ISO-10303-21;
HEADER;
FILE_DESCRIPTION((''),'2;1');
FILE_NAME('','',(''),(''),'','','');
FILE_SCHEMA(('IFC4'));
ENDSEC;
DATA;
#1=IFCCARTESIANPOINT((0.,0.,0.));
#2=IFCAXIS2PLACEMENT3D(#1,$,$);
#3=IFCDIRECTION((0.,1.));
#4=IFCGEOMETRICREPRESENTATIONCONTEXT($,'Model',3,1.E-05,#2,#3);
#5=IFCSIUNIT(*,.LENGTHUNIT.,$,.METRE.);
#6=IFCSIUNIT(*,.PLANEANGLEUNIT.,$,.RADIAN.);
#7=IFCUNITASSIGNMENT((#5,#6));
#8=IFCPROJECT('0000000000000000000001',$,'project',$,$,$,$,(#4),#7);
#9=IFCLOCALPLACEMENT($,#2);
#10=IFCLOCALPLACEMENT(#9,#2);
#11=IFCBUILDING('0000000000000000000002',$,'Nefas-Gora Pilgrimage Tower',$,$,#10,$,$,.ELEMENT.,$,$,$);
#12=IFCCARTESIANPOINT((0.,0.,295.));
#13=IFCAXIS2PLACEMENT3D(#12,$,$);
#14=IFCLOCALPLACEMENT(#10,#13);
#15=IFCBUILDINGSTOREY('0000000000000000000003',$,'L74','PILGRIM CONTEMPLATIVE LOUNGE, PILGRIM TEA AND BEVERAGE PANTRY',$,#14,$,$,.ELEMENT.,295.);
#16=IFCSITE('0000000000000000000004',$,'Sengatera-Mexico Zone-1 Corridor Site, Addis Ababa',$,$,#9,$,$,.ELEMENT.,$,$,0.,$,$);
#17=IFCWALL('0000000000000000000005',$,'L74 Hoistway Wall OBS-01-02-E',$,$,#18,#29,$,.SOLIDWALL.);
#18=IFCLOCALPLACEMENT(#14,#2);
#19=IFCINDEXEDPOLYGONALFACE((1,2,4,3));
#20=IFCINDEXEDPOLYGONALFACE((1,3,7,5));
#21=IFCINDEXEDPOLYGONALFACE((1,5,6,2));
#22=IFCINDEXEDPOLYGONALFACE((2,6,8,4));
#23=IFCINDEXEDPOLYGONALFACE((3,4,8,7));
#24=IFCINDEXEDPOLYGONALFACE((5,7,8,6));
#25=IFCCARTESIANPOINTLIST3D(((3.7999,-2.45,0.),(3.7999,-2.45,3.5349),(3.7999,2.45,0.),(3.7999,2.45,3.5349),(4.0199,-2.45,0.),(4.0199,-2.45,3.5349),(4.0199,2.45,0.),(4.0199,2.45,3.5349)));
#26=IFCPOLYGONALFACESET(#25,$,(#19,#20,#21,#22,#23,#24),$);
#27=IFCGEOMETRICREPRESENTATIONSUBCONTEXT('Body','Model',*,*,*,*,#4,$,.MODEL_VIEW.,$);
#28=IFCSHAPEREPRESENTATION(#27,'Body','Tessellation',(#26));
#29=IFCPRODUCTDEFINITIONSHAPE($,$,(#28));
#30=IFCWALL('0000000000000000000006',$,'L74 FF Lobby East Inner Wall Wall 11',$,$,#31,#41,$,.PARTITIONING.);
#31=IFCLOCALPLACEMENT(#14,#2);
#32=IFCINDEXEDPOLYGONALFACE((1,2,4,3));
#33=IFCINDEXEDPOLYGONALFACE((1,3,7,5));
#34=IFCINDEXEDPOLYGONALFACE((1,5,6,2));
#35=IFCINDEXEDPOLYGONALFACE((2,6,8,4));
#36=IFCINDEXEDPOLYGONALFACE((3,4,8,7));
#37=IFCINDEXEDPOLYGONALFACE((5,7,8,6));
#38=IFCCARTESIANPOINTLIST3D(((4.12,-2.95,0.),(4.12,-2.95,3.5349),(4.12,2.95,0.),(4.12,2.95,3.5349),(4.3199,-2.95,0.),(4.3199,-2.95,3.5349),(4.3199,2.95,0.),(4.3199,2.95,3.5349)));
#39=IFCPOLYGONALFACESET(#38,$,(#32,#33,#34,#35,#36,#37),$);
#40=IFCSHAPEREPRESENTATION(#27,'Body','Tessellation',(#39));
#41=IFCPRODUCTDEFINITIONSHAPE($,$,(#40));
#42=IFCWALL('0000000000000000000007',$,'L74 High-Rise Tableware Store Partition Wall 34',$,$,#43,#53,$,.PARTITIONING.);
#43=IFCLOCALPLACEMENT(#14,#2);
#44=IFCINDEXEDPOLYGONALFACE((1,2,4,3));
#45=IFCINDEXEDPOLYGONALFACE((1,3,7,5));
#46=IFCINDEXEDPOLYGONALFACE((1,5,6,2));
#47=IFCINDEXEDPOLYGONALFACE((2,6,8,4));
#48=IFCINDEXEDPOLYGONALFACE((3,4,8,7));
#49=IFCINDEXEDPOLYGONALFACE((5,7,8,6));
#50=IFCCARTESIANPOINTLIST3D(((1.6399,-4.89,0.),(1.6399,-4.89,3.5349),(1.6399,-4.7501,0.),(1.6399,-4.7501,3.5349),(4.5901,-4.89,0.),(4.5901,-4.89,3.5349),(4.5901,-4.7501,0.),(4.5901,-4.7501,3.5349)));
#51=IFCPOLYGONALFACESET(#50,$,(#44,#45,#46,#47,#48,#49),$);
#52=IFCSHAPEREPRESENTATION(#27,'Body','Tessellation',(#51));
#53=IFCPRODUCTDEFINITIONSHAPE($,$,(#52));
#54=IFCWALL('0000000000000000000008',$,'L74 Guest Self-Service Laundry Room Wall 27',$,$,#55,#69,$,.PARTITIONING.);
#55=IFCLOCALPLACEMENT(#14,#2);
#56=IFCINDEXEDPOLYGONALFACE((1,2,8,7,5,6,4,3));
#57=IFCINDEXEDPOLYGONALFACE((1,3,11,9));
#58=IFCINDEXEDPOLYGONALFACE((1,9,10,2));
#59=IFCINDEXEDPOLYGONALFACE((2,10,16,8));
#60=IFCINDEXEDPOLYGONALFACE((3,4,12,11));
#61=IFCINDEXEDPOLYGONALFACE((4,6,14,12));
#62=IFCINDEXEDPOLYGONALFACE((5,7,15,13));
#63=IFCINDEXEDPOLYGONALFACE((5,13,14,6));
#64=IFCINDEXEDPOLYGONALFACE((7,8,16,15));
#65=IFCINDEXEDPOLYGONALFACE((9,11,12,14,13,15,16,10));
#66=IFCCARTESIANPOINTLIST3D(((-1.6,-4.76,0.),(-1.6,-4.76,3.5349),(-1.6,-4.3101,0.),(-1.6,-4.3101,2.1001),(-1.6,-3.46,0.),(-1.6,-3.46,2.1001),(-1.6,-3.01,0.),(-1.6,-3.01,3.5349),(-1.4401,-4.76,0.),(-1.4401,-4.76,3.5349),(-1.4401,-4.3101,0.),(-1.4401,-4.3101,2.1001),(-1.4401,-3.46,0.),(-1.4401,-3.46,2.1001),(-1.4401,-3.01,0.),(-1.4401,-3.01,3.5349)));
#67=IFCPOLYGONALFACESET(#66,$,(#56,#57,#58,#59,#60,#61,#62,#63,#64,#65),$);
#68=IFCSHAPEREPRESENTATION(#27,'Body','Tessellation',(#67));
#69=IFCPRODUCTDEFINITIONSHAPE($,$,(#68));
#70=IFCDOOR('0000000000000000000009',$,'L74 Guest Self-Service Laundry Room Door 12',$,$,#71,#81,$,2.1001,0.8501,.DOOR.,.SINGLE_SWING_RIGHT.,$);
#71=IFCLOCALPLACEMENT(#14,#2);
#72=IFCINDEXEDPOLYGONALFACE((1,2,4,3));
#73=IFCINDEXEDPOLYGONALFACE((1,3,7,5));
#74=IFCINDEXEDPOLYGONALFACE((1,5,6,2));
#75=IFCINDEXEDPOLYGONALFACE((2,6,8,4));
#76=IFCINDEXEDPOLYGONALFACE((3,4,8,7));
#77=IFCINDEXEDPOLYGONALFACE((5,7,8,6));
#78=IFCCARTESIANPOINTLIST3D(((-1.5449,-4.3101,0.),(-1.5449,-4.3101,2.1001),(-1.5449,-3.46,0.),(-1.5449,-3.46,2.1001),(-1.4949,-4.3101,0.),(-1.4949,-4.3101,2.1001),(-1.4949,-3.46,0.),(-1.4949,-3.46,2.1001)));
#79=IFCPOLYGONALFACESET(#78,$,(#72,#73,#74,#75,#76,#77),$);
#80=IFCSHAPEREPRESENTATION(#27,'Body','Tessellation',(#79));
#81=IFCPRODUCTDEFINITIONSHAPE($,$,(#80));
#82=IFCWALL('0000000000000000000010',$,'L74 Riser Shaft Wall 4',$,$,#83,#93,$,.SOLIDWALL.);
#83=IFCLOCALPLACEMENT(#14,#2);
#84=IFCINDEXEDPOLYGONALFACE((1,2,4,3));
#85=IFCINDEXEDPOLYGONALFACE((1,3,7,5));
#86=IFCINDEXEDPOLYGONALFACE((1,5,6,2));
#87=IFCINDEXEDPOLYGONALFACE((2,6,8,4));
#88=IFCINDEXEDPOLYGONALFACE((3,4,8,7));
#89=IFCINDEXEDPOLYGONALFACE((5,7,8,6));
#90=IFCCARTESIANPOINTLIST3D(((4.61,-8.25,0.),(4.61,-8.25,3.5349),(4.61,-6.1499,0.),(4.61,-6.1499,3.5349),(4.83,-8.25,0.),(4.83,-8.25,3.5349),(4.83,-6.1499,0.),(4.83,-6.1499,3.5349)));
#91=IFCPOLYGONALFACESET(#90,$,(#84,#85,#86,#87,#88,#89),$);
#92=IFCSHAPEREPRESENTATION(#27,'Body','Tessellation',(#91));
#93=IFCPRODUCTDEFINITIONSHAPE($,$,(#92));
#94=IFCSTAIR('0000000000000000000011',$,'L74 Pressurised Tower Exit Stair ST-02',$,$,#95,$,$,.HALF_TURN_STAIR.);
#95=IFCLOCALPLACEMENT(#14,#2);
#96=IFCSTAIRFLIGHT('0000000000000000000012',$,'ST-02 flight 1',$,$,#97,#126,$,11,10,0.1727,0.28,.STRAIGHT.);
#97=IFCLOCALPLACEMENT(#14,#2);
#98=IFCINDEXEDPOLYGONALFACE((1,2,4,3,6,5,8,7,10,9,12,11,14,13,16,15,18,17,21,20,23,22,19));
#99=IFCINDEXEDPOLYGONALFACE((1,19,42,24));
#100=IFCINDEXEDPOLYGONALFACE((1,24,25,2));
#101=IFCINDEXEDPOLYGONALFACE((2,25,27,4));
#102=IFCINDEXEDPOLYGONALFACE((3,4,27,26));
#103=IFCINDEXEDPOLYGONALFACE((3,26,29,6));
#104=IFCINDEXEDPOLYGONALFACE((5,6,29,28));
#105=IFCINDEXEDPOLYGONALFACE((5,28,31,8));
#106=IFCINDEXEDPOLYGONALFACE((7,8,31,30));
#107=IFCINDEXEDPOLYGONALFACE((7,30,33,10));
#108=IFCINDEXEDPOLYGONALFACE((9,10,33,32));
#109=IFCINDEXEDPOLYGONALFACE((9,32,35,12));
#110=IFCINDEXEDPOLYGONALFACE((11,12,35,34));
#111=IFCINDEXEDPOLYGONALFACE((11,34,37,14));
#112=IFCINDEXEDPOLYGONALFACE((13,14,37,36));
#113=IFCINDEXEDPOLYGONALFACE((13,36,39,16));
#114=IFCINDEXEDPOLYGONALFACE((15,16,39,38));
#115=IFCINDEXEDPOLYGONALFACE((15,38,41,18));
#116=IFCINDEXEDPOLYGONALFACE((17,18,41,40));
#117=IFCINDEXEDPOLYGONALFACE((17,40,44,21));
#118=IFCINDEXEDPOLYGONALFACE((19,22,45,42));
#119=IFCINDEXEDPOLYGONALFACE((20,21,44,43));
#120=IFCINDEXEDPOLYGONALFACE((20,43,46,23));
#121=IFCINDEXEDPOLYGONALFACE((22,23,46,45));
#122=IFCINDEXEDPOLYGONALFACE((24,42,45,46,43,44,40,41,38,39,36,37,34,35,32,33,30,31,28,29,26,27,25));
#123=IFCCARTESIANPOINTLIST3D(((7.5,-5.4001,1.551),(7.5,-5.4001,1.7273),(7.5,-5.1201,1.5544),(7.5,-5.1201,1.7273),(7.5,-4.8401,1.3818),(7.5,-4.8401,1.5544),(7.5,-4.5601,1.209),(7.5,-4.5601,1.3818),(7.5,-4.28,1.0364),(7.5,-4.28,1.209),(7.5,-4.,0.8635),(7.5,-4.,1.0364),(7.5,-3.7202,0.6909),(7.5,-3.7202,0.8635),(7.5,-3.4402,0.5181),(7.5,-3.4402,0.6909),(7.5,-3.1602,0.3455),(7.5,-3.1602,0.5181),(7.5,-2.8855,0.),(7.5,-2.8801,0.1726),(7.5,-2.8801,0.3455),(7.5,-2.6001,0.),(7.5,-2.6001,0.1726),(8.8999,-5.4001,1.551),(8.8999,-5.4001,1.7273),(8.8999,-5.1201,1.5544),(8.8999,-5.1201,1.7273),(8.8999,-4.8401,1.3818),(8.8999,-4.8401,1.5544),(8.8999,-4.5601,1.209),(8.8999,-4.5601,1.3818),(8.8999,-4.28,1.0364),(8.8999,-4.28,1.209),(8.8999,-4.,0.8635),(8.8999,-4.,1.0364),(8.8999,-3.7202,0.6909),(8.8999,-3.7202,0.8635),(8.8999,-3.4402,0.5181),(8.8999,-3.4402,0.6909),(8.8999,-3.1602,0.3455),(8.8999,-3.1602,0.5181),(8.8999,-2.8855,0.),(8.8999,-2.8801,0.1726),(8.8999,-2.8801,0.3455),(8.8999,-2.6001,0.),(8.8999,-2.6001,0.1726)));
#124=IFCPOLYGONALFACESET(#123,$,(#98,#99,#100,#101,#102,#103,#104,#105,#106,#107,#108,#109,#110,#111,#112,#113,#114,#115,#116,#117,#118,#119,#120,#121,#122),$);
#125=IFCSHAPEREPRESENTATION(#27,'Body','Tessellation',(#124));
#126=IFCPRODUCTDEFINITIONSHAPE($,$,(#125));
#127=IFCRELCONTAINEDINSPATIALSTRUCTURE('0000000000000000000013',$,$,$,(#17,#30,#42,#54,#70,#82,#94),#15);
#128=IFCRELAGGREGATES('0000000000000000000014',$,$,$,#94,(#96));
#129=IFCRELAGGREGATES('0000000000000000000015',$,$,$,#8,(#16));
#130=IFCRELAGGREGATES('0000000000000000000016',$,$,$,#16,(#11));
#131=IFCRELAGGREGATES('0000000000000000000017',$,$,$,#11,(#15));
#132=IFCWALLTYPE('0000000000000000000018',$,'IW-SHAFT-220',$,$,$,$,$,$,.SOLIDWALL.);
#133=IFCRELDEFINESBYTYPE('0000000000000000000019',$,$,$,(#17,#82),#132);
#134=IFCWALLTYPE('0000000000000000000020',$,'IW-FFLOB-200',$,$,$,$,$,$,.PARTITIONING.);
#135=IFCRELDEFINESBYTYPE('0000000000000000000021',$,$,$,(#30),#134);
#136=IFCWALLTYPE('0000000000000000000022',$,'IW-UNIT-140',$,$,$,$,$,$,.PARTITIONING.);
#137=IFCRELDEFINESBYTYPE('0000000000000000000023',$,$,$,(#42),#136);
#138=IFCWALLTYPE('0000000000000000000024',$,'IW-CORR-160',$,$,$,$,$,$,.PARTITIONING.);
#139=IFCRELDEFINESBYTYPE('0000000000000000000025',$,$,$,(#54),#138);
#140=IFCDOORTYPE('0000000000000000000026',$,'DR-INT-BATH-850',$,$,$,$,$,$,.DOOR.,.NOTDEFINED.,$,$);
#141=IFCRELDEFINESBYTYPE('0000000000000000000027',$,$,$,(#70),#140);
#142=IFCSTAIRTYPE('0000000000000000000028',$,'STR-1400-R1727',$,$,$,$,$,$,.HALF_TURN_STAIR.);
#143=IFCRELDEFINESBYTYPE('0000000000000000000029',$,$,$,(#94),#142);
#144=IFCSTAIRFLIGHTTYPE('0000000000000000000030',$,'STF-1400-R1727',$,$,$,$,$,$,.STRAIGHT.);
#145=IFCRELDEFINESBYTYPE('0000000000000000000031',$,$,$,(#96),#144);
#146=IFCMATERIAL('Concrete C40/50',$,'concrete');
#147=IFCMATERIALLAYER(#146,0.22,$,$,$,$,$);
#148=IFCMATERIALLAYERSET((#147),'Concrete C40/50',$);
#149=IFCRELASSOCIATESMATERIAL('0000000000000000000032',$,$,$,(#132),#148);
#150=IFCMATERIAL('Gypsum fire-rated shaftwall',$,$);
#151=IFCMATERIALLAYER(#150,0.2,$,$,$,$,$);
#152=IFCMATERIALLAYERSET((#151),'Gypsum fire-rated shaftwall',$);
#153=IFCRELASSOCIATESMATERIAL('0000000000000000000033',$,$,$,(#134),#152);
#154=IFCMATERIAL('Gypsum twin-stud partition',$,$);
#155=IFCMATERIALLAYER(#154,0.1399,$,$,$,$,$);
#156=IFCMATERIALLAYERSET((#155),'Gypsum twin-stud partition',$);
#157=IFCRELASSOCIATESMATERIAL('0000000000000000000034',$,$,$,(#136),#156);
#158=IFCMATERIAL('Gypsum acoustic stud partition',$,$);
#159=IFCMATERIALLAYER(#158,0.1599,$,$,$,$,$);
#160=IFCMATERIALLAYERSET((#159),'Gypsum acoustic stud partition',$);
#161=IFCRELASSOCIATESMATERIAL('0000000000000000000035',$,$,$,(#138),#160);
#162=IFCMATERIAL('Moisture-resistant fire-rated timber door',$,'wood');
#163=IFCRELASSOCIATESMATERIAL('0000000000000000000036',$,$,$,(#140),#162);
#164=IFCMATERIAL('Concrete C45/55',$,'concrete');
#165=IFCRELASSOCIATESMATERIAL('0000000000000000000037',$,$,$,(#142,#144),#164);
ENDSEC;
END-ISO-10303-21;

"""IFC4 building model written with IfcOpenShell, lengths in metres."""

from ifc_helpers import new_model, si_unit, direction, frame, frame_2d, origin, place, context, subcontext, project, spatial, polyline, rectangle, outline, extrude, source, transform, mapped, material, layer, layer_set, type_object, element, fill, aggregate, save


model = new_model("IFC4")

# Units and contexts
model_context = context("Model", 3, precision=1e-05, world=origin(), true_north=direction((0.0, 1.0)))
body_context = subcontext(model_context, "Body", "Model", "MODEL_VIEW")
ifc_project = project(units=[si_unit("LENGTHUNIT", "METRE"), si_unit("PLANEANGLEUNIT", "RADIAN")], contexts=[model_context])

# Site, building, storey
site_placement = place(None, origin())
site = spatial("IfcSite", under=ifc_project, at=site_placement, Name="Sengatera-Mexico Zone-1 Corridor Site, Addis Ababa", CompositionType="ELEMENT", RefElevation=0.0)
building_placement = place(site_placement, origin())
building = spatial("IfcBuilding", under=site, at=building_placement, Name="Nefas-Gora Pilgrimage Tower", CompositionType="ELEMENT")
storey_placement = place(building_placement, frame((0.0, 0.0, 295.0)))
storey = spatial("IfcBuildingStorey", under=building, at=storey_placement, Name="L74", Description="PILGRIM CONTEMPLATIVE LOUNGE, PILGRIM TEA AND BEVERAGE PANTRY", CompositionType="ELEMENT", Elevation=295.0)

# Shared definitions
ifc_material_1 = material(Name="Concrete C40/50", Category="concrete")

# Shared definitions
ifc_material_2 = material(Name="Concrete C45/55", Category="concrete")

# Shared definitions
ifc_layer_1 = layer(ifc_material_1, 0.22)
ifc_layer_set_1 = layer_set([ifc_layer_1], Name="Concrete C40/50")
wall_type_1 = type_object("IfcWallType", Name="IW-SHAFT-220", PredefinedType="SOLIDWALL", material=ifc_layer_set_1)

# Walls
shared_shape_1 = source(origin(), body_context, "Body", "SweptSolid", [
    extrude(rectangle(XDim=4.8999, YDim=0.22, at=frame_2d((2.45, 0.0))), origin(), (0.0, 0.0, 1.0), 3.5349),
])
wall_1_placement = place(storey_placement, frame((3.9099, -2.45, 0.0), z_axis=(0.0, 0.0, 1.0), x_axis=(0.0, 1.0, 0.0)))
element("IfcWall", 1, at=wall_1_placement, inside=storey, type_object=wall_type_1, Name="L74 Hoistway Wall OBS-01-02-E", PredefinedType="SOLIDWALL", context=body_context, shape_type="MappedRepresentation", body=[
    mapped(shared_shape_1, transform((0.0, 0.0, 0.0), x_axis=(1.0, 0.0, 0.0), y_axis=(0.0, 1.0, 0.0), z_axis=(0.0, 0.0, 1.0), scale=1.0)),
])
ifc_material_3 = material(Name="Gypsum fire-rated shaftwall")
ifc_layer_2 = layer(ifc_material_3, 0.2)
ifc_layer_set_2 = layer_set([ifc_layer_2], Name="Gypsum fire-rated shaftwall")
wall_type_2 = type_object("IfcWallType", Name="IW-FFLOB-200", PredefinedType="PARTITIONING", material=ifc_layer_set_2)
shared_shape_2 = source(origin(), body_context, "Body", "SweptSolid", [
    extrude(rectangle(XDim=5.8999, YDim=0.2, at=frame_2d((2.95, 0.0))), origin(), (0.0, 0.0, 1.0), 3.5349),
])
wall_2_placement = place(storey_placement, frame((4.22, -2.95, 0.0), z_axis=(0.0, 0.0, 1.0), x_axis=(0.0, 1.0, 0.0)))
element("IfcWall", 2, at=wall_2_placement, inside=storey, type_object=wall_type_2, Name="L74 FF Lobby East Inner Wall Wall 11", PredefinedType="PARTITIONING", context=body_context, shape_type="MappedRepresentation", body=[
    mapped(shared_shape_2, transform((0.0, 0.0, 0.0), x_axis=(1.0, 0.0, 0.0), y_axis=(0.0, 1.0, 0.0), z_axis=(0.0, 0.0, 1.0), scale=1.0)),
])
ifc_material_4 = material(Name="Gypsum twin-stud partition")
ifc_layer_3 = layer(ifc_material_4, 0.1399)
ifc_layer_set_3 = layer_set([ifc_layer_3], Name="Gypsum twin-stud partition")
wall_type_3 = type_object("IfcWallType", Name="IW-UNIT-140", PredefinedType="PARTITIONING", material=ifc_layer_set_3)
shared_shape_3 = source(origin(), body_context, "Body", "SweptSolid", [
    extrude(rectangle(XDim=2.9502, YDim=0.1399, at=frame_2d((1.4751, 0.0))), origin(), (0.0, 0.0, 1.0), 3.5349),
])
wall_3_placement = place(storey_placement, frame((1.6399, -4.8201, 0.0), z_axis=(0.0, 0.0, 1.0), x_axis=(1.0, 0.0, 0.0)))
element("IfcWall", 3, at=wall_3_placement, inside=storey, type_object=wall_type_3, Name="L74 High-Rise Tableware Store Partition Wall 34", PredefinedType="PARTITIONING", context=body_context, shape_type="MappedRepresentation", body=[
    mapped(shared_shape_3, transform((0.0, 0.0, 0.0), x_axis=(1.0, 0.0, 0.0), y_axis=(0.0, 1.0, 0.0), z_axis=(0.0, 0.0, 1.0), scale=1.0)),
])

# Wall, opening, door
ifc_material_5 = material(Name="Gypsum acoustic stud partition")
ifc_layer_4 = layer(ifc_material_5, 0.1599)
ifc_layer_set_4 = layer_set([ifc_layer_4], Name="Gypsum acoustic stud partition")
wall_type_4 = type_object("IfcWallType", Name="IW-CORR-160", PredefinedType="PARTITIONING", material=ifc_layer_set_4)
shared_shape_4 = source(origin(), body_context, "Body", "SweptSolid", [
    extrude(rectangle(XDim=1.75, YDim=0.1599, at=frame_2d((0.875, 0.0))), origin(), (0.0, 0.0, 1.0), 3.5349),
])
wall_4_placement = place(storey_placement, frame((-1.52, -4.76, 0.0), z_axis=(0.0, 0.0, 1.0), x_axis=(0.0, 1.0, 0.0)))
wall_4 = element("IfcWall", 4, at=wall_4_placement, inside=storey, type_object=wall_type_4, Name="L74 Guest Self-Service Laundry Room Wall 27", PredefinedType="PARTITIONING", context=body_context, shape_type="MappedRepresentation", body=[
    mapped(shared_shape_4, transform((0.0, 0.0, 0.0), x_axis=(1.0, 0.0, 0.0), y_axis=(0.0, 1.0, 0.0), z_axis=(0.0, 0.0, 1.0), scale=1.0)),
])
opening_1_placement = place(wall_4_placement, frame((0.45, 0.0, 0.0)))
opening_1 = element("IfcOpeningElement", 5, at=opening_1_placement, cuts=wall_4, PredefinedType="OPENING", context=body_context, shape_type="SweptSolid", body=[
    extrude(rectangle(XDim=0.8501, YDim=2.1001, at=frame_2d((0.425, 1.05))), frame((0.0, 0.0898, 0.0), z_axis=(0.0, -1.0, 0.0), x_axis=(1.0, 0.0, 0.0)), (0.0, 0.0, 1.0), 0.1799),
])
ifc_material_6 = material(Name="Moisture-resistant fire-rated timber door", Category="wood")
door_type_1 = type_object("IfcDoorType", Name="DR-INT-BATH-850", OperationType="NOTDEFINED", PredefinedType="DOOR", material=ifc_material_6)
shared_shape_5 = source(origin(), body_context, "Body", "SweptSolid", [
    extrude(rectangle(XDim=0.8501, YDim=2.1001, at=frame_2d((0.425, 1.05))), frame((0.0, 0.0249, 0.0), z_axis=(0.0, -1.0, 0.0), x_axis=(1.0, 0.0, 0.0)), (0.0, 0.0, 1.0), 0.05),
])
door_1_placement = place(opening_1_placement, origin())
door_1 = element("IfcDoor", 6, at=door_1_placement, inside=storey, type_object=door_type_1, Name="L74 Guest Self-Service Laundry Room Door 12", OperationType="SINGLE_SWING_RIGHT", OverallHeight=2.1001, OverallWidth=0.8501, PredefinedType="DOOR", context=body_context, shape_type="MappedRepresentation", body=[
    mapped(shared_shape_5, transform((0.0, 0.0, 0.0), x_axis=(1.0, 0.0, 0.0), y_axis=(0.0, 1.0, 0.0), z_axis=(0.0, 0.0, 1.0), scale=1.0)),
])
fill(opening_1, door_1)

# Wall
shared_shape_6 = source(origin(), body_context, "Body", "SweptSolid", [
    extrude(rectangle(XDim=2.1001, YDim=0.22, at=frame_2d((1.05, 0.0))), origin(), (0.0, 0.0, 1.0), 3.5349),
])
wall_5_placement = place(storey_placement, frame((4.72, -8.25, 0.0), z_axis=(0.0, 0.0, 1.0), x_axis=(0.0, 1.0, 0.0)))
element("IfcWall", 7, at=wall_5_placement, inside=storey, type_object=wall_type_1, Name="L74 Riser Shaft Wall 4", PredefinedType="SOLIDWALL", context=body_context, shape_type="MappedRepresentation", body=[
    mapped(shared_shape_6, transform((0.0, 0.0, 0.0), x_axis=(1.0, 0.0, 0.0), y_axis=(0.0, 1.0, 0.0), z_axis=(0.0, 0.0, 1.0), scale=1.0)),
])

# Stair, stair flight
stair_type = type_object("IfcStairType", Name="STR-1400-R1727", PredefinedType="HALF_TURN_STAIR", material=ifc_material_2)
stair_placement = place(storey_placement, origin())
stair = element("IfcStair", 8, at=stair_placement, inside=storey, type_object=stair_type, Name="L74 Pressurised Tower Exit Stair ST-02", PredefinedType="HALF_TURN_STAIR")
stair_flight_type = type_object("IfcStairFlightType", Name="STF-1400-R1727", PredefinedType="STRAIGHT", material=ifc_material_2)
shared_shape_7 = source(origin(), body_context, "Body", "SweptSolid", [
    extrude(outline(polyline([(0.0, 0.0), (0.0, 0.1726), (0.28, 0.1726), (0.28, 0.3455), (0.5601, 0.3455), (0.5601, 0.5181), (0.8401, 0.5181), (0.8401, 0.6909), (1.1201, 0.6909), (1.1201, 0.8635), (1.3999, 0.8635), (1.3999, 1.0364), (1.6799, 1.0364), (1.6799, 1.209), (1.96, 1.209), (1.96, 1.3818), (2.24, 1.3818), (2.24, 1.5544), (2.52, 1.5544), (2.52, 1.7273), (2.8, 1.7273), (2.8, 1.8999), (2.8, 1.551), (0.2854, 0.0), (0.0, 0.0)])), frame((0.0, 0.7, 0.0), z_axis=(0.0, -1.0, 0.0), x_axis=(1.0, 0.0, 0.0)), (0.0, 0.0, 1.0), 1.3999),
])
stair_flight_placement = place(storey_placement, frame((8.2, -2.6001, 0.0), z_axis=(0.0, 0.0, 1.0), x_axis=(0.0, -1.0, 0.0)))
stair_flight = element("IfcStairFlight", 9, at=stair_flight_placement, type_object=stair_flight_type, Name="ST-02 flight 1", NumberOfRisers=11, NumberOfTreads=10, PredefinedType="STRAIGHT", RiserHeight=0.1727, TreadLength=0.28, context=body_context, shape_type="MappedRepresentation", body=[
    mapped(shared_shape_7, transform((0.0, 0.0, 0.0), x_axis=(1.0, 0.0, 0.0), y_axis=(0.0, 1.0, 0.0), z_axis=(0.0, 0.0, 1.0), scale=1.0)),
])
aggregate(stair, [stair_flight])

save(model, "model.ifc")
